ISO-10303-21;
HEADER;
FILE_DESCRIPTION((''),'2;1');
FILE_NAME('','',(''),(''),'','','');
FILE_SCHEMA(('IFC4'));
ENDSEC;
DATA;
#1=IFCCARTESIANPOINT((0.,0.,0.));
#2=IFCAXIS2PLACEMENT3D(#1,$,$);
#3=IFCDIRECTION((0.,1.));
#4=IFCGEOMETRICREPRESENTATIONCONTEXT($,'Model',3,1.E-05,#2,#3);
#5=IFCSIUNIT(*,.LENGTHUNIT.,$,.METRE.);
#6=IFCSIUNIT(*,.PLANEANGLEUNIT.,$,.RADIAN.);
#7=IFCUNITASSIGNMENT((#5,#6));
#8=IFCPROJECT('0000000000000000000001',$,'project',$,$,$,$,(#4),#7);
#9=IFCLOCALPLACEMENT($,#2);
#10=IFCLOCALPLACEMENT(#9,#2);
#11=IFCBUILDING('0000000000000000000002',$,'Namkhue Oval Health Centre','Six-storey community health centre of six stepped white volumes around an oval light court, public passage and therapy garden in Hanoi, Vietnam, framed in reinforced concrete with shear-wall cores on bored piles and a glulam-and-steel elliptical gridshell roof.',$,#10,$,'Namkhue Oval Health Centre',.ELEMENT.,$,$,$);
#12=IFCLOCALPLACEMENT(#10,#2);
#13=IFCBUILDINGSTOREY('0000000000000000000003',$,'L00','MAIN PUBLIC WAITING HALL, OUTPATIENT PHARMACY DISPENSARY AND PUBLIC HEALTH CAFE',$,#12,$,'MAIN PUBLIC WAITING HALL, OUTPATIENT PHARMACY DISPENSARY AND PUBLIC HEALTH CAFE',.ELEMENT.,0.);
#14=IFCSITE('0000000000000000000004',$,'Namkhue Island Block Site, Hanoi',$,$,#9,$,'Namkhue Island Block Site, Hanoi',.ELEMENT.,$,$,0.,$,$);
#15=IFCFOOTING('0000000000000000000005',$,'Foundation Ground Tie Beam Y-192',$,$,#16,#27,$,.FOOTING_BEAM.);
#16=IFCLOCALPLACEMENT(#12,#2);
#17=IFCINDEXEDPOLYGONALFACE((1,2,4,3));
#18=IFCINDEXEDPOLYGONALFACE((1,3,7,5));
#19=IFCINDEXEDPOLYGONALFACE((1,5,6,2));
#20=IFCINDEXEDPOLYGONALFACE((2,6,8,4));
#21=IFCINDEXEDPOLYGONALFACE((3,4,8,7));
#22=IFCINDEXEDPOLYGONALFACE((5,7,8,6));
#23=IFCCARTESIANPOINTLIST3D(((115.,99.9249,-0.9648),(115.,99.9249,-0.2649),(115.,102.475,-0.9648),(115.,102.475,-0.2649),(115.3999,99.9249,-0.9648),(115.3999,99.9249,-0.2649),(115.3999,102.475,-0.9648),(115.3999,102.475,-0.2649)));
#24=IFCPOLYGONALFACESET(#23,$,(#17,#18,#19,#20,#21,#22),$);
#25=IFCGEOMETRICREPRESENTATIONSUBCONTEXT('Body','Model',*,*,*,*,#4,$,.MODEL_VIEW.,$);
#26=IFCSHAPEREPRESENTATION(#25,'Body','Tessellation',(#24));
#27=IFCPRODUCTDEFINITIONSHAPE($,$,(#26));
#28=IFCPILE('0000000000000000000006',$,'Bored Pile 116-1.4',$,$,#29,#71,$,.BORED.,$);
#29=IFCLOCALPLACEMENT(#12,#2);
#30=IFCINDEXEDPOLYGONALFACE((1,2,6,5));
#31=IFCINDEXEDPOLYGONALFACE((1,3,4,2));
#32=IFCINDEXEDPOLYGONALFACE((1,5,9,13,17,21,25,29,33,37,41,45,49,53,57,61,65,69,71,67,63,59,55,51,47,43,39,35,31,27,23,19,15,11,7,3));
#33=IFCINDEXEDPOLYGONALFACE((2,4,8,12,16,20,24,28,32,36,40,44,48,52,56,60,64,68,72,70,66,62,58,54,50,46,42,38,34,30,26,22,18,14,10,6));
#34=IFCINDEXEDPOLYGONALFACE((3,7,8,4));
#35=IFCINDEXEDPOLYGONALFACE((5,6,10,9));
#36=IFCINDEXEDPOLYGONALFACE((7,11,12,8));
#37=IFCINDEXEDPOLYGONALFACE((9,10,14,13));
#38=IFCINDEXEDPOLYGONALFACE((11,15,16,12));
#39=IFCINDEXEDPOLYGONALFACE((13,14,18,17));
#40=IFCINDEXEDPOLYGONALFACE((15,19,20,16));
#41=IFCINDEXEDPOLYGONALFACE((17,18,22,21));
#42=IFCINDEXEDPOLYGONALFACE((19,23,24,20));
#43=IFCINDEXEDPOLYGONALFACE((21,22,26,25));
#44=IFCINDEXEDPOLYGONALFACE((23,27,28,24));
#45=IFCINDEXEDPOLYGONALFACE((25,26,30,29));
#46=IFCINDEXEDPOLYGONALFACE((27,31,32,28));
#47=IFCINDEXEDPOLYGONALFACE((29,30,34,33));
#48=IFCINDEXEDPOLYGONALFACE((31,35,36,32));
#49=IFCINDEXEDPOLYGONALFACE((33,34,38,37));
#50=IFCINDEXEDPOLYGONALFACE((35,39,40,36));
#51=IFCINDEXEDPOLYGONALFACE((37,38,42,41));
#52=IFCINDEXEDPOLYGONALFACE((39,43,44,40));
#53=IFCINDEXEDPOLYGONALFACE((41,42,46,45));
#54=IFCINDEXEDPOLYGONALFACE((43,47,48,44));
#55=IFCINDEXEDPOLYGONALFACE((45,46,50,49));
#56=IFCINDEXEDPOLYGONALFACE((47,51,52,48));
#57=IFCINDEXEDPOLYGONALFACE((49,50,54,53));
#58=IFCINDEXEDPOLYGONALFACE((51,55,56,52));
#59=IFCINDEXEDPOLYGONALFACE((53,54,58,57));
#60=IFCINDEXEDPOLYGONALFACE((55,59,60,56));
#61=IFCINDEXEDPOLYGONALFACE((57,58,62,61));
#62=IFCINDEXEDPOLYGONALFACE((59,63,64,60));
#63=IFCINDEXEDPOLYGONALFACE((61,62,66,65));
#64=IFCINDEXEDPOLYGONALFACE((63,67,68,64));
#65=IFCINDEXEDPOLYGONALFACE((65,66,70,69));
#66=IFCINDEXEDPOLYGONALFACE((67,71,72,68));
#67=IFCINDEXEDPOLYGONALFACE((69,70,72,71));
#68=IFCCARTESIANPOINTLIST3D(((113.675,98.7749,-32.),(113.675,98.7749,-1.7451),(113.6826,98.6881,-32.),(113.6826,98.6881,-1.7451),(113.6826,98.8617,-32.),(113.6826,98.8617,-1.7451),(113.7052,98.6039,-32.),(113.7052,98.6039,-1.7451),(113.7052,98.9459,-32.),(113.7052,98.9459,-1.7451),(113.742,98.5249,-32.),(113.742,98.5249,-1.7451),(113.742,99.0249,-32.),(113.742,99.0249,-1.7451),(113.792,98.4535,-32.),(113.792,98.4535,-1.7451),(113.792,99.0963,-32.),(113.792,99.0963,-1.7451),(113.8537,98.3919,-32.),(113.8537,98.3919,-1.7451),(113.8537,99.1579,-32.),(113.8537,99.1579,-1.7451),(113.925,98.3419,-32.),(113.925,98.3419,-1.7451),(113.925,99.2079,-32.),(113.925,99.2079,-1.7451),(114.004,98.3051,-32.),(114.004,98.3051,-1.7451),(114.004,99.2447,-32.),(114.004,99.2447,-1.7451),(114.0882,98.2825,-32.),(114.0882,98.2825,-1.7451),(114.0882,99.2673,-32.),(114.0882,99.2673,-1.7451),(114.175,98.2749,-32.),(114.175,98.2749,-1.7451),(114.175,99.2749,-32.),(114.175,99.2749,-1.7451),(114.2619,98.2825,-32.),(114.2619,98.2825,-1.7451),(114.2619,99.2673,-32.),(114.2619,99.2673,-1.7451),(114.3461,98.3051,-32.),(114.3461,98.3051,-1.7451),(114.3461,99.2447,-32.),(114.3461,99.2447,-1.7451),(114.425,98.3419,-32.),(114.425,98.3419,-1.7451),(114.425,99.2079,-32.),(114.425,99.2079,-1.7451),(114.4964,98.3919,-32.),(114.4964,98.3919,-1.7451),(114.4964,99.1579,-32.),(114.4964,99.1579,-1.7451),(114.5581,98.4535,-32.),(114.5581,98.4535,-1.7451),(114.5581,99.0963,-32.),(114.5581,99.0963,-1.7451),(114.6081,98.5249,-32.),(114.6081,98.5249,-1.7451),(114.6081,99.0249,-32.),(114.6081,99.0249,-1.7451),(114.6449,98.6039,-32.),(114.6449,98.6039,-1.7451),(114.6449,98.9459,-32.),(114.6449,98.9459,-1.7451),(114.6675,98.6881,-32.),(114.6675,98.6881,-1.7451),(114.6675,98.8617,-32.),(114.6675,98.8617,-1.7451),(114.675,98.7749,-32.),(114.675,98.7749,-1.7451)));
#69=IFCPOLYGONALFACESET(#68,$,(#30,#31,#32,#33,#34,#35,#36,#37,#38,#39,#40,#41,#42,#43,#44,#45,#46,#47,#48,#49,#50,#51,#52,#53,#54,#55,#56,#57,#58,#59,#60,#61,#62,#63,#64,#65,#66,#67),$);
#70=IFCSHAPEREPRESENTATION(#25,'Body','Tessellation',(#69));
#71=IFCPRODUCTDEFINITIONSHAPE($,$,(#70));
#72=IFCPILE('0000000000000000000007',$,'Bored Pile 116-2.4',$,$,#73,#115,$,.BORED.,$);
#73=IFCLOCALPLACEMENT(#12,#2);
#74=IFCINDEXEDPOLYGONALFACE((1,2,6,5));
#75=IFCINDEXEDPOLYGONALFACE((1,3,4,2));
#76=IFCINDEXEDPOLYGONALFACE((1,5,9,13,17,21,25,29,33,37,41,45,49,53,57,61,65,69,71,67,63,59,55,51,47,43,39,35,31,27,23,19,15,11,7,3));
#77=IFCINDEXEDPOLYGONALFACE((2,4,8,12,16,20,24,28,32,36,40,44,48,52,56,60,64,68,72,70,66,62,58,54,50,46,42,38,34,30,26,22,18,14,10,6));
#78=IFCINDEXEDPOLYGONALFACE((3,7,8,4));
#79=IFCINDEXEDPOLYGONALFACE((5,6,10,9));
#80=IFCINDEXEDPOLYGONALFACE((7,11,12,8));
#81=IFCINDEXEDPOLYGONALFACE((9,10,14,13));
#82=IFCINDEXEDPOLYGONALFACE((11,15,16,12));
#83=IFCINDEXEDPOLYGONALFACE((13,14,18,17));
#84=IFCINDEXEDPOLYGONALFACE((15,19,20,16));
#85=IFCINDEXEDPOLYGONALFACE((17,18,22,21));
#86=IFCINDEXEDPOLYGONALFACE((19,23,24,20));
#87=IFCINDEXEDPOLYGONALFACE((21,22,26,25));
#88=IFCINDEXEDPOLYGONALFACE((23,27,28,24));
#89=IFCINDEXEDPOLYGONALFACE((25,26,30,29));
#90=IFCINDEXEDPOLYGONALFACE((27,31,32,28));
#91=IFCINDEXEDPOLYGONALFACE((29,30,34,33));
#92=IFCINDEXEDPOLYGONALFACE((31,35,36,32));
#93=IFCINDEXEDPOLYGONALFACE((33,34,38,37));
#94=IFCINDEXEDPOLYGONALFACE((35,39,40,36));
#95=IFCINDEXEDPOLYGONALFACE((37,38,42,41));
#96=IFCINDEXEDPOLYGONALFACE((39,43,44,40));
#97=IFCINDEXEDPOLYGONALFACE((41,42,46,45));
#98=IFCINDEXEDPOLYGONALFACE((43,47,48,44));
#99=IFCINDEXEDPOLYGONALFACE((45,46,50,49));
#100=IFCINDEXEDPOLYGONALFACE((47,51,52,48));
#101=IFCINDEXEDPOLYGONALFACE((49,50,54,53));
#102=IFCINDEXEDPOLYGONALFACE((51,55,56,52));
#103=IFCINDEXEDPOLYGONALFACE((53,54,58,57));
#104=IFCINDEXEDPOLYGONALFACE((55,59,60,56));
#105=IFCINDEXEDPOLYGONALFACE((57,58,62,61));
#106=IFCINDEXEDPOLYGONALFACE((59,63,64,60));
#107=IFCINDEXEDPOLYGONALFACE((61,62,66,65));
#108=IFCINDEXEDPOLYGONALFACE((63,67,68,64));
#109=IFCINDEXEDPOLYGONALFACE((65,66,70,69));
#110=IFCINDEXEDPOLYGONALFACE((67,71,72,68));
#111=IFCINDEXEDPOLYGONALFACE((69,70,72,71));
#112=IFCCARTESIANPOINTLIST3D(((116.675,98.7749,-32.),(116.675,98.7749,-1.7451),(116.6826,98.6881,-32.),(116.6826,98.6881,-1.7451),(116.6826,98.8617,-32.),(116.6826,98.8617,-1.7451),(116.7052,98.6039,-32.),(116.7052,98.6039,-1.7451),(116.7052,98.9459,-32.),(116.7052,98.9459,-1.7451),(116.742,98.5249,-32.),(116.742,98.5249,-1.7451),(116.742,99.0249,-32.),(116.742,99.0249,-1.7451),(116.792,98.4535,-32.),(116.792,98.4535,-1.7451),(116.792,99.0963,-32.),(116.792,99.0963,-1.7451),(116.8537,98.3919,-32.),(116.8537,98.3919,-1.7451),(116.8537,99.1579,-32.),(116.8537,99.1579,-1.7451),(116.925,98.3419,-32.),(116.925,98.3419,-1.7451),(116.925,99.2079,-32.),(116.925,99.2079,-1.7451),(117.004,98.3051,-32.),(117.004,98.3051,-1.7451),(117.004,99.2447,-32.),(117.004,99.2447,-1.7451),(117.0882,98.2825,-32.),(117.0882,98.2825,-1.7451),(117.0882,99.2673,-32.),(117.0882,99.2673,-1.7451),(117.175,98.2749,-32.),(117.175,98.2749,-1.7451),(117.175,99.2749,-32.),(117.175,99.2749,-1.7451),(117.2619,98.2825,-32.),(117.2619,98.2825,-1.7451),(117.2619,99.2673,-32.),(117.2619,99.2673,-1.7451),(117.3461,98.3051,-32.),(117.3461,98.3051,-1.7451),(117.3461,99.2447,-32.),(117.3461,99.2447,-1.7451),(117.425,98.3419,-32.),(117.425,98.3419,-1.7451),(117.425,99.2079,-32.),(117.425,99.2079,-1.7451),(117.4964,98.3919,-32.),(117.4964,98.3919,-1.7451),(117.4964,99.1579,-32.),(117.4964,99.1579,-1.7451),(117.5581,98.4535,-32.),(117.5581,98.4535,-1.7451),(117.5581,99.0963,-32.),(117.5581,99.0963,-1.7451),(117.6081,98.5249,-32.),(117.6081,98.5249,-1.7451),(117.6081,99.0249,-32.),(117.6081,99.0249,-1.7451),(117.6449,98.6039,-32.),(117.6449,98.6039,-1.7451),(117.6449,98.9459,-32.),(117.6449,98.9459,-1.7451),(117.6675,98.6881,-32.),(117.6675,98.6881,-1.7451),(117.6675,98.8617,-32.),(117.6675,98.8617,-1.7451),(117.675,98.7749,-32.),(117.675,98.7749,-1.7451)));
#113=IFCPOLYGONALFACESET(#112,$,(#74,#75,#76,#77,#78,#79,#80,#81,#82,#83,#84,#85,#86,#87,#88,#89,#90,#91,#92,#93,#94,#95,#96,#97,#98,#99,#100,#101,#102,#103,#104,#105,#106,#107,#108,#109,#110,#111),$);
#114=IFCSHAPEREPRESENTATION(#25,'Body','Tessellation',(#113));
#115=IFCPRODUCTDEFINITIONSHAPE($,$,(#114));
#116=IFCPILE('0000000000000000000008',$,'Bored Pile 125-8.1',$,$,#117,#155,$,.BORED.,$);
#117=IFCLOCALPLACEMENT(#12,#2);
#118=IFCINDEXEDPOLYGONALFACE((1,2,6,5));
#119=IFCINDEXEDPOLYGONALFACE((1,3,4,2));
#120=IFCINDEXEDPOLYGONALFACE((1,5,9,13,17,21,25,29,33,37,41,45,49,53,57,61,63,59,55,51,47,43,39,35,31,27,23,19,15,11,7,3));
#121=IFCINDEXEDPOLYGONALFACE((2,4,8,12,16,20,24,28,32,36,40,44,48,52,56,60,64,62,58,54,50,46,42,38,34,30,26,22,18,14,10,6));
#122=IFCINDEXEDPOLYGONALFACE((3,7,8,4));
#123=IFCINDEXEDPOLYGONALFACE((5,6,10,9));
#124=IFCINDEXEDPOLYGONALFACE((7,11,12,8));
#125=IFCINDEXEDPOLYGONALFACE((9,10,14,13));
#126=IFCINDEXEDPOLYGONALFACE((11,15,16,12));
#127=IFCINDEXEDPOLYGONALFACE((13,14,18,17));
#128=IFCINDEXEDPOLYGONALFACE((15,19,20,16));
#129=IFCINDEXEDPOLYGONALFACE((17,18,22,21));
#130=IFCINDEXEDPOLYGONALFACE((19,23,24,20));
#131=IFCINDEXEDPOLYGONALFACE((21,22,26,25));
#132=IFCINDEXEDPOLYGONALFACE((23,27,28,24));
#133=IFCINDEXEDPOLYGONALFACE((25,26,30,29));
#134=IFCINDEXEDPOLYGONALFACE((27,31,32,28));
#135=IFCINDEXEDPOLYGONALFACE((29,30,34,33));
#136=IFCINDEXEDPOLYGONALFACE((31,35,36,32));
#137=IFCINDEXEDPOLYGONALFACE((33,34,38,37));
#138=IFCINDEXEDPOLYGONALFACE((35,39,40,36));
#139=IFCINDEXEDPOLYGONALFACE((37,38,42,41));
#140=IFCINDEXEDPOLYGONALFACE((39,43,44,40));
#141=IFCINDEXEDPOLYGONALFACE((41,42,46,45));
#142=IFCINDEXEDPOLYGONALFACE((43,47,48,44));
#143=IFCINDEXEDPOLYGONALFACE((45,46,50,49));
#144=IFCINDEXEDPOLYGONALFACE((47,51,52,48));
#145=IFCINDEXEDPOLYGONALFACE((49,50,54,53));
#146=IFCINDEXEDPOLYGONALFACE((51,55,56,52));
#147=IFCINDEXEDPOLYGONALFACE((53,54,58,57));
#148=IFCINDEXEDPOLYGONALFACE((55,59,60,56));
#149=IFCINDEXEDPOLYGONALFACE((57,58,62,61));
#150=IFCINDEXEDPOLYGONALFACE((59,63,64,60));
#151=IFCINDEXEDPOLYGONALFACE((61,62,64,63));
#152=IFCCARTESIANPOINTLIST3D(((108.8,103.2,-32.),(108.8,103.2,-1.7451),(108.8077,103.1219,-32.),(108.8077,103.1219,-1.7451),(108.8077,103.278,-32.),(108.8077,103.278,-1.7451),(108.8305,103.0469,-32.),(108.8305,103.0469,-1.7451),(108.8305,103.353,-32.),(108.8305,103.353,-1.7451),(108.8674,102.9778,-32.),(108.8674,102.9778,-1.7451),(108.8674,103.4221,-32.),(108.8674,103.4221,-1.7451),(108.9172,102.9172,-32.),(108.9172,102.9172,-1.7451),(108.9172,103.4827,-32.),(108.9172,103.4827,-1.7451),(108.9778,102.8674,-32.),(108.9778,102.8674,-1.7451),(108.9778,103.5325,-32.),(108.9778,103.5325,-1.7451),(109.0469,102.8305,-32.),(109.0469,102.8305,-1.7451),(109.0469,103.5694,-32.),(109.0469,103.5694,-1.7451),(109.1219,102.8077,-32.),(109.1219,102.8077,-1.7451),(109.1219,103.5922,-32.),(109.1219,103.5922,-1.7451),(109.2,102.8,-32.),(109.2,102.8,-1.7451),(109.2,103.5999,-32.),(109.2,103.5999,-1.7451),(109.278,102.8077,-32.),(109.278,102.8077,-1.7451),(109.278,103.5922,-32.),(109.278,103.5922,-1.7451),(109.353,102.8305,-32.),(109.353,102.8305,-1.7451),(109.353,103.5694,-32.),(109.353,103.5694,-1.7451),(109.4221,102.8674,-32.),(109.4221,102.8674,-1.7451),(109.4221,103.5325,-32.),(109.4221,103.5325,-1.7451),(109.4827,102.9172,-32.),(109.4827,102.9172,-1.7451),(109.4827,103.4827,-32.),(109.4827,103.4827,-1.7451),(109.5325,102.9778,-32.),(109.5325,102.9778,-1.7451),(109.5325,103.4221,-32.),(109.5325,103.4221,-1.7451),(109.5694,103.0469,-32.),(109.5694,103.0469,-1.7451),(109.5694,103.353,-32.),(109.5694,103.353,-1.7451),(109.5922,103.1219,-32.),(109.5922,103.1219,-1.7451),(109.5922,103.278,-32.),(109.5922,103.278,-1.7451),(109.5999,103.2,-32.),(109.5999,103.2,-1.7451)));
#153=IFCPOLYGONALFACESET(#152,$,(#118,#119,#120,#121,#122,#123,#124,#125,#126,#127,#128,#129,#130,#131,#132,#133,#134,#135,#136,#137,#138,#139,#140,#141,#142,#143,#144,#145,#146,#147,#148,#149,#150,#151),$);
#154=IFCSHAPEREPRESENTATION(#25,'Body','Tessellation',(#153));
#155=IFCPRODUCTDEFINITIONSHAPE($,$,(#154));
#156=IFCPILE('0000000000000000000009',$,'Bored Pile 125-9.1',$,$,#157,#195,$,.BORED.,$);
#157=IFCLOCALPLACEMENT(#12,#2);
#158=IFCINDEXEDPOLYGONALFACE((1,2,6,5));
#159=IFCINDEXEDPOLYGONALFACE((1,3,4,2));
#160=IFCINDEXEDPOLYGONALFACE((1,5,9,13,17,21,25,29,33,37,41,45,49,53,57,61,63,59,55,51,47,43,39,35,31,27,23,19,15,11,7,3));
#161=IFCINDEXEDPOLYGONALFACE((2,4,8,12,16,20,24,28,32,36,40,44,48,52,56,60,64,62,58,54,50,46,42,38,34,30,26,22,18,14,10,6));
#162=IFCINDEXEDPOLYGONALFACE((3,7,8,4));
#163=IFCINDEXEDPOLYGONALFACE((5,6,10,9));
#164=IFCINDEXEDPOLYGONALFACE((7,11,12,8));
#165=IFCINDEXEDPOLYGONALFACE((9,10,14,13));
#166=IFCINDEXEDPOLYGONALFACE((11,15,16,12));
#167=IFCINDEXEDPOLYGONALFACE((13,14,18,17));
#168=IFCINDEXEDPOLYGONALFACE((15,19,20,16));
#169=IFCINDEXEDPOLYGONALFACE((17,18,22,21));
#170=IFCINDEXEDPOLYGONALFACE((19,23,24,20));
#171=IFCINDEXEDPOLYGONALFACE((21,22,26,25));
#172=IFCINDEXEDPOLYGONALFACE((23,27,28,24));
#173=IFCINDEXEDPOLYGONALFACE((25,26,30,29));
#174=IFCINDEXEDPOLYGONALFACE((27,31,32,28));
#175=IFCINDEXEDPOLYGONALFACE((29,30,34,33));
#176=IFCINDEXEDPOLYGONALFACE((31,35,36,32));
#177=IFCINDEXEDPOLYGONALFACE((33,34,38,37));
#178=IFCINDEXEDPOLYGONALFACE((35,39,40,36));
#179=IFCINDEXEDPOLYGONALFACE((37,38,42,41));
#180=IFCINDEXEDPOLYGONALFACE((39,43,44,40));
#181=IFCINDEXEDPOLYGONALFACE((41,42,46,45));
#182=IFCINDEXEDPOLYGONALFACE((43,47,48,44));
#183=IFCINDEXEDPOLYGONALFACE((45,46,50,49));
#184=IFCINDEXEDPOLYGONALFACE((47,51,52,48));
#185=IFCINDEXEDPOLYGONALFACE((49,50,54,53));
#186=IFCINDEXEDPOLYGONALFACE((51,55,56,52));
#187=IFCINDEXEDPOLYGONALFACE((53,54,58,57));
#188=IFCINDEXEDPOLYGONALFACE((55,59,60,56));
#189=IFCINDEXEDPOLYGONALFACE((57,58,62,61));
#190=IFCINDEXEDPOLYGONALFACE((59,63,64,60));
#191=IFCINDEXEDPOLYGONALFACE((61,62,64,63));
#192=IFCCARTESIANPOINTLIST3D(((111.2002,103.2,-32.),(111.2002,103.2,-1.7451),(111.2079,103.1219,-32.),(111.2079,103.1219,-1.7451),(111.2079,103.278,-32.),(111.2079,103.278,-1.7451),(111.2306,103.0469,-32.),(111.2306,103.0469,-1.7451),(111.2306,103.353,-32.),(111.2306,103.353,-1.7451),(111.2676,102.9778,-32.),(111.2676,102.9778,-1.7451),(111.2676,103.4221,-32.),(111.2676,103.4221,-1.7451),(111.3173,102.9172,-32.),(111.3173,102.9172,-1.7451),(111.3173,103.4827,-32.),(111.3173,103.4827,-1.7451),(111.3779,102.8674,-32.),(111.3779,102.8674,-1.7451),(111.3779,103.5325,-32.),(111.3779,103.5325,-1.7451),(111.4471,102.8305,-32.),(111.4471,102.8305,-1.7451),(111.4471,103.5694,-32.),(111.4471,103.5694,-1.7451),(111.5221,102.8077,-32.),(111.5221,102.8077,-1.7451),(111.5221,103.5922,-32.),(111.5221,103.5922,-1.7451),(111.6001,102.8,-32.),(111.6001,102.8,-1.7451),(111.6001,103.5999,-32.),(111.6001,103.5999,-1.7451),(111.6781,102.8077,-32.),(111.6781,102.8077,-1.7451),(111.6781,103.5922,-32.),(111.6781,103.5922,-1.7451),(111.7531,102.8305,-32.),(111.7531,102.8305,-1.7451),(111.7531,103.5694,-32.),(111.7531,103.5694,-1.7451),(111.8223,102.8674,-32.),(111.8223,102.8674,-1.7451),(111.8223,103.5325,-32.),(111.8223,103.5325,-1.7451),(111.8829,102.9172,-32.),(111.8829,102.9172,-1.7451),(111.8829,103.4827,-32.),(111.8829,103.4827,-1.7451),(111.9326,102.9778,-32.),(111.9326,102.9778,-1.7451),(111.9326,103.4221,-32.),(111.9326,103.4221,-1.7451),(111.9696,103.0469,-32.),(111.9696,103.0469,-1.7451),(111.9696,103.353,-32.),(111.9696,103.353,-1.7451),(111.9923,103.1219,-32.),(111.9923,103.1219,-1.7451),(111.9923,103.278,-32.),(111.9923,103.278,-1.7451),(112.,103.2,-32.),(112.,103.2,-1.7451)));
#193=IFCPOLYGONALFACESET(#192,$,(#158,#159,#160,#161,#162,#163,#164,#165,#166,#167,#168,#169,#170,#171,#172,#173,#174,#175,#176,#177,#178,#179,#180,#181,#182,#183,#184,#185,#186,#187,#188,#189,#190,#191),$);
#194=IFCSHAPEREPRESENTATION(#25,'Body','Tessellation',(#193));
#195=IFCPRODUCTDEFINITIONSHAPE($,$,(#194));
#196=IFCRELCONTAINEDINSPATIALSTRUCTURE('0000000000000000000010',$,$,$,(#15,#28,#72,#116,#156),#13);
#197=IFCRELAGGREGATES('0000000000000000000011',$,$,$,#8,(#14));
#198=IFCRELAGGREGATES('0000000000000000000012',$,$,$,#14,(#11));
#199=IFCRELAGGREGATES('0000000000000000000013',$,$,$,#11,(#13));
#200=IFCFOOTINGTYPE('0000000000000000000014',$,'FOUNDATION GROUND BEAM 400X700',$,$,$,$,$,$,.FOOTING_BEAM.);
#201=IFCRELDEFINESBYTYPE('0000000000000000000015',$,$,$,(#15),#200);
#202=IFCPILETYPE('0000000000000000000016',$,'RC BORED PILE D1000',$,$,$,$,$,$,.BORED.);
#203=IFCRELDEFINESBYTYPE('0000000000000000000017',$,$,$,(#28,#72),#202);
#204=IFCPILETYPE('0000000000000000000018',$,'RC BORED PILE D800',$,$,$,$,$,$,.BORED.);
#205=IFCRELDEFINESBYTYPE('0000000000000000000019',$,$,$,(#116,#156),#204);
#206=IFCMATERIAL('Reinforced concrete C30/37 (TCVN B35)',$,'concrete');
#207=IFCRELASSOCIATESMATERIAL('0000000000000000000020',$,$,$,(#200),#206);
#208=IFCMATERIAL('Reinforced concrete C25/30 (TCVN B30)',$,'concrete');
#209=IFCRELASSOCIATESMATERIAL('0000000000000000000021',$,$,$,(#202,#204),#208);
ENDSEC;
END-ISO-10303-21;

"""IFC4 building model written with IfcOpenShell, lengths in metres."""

from ifc_helpers import new_model, si_unit, direction, frame, origin, origin_2d, place, context, subcontext, project, spatial, rectangle, circle, extrude, material, material_profile, profile_set, type_object, element, save


model = new_model("IFC4")

# Units and contexts
model_context = context("Model", 3, precision=1e-05, world=origin(), true_north=direction((0.0, 1.0)))
body_context = subcontext(model_context, "Body", "Model", "MODEL_VIEW")
ifc_project = project(units=[si_unit("LENGTHUNIT", "METRE"), si_unit("PLANEANGLEUNIT", "RADIAN")], contexts=[model_context])

# Site, building, storey
site_placement = place(None, origin())
site = spatial("IfcSite", under=ifc_project, at=site_placement, Name="Namkhue Island Block Site, Hanoi", LongName="Namkhue Island Block Site, Hanoi", CompositionType="ELEMENT", RefElevation=0.0)
building_placement = place(site_placement, origin())
building = spatial("IfcBuilding", under=site, at=building_placement, Name="Namkhue Oval Health Centre", Description="Six-storey community health centre of six stepped white volumes around an oval light court, public passage and therapy garden in Hanoi, Vietnam, framed in reinforced concrete with shear-wall cores on bored piles and a glulam-and-steel elliptical gridshell roof.", LongName="Namkhue Oval Health Centre", CompositionType="ELEMENT")
storey_placement = place(building_placement, origin())
storey = spatial("IfcBuildingStorey", under=building, at=storey_placement, Name="L00", Description="MAIN PUBLIC WAITING HALL, OUTPATIENT PHARMACY DISPENSARY AND PUBLIC HEALTH CAFE", LongName="MAIN PUBLIC WAITING HALL, OUTPATIENT PHARMACY DISPENSARY AND PUBLIC HEALTH CAFE", CompositionType="ELEMENT", Elevation=0.0)

# Footing
ifc_material_1 = material(Name="Reinforced concrete C30/37 (TCVN B35)", Category="concrete")
footing_type = type_object("IfcFootingType", Name="FOUNDATION GROUND BEAM 400X700", PredefinedType="FOOTING_BEAM", material=ifc_material_1)
footing_placement = place(storey_placement, frame((115.2, 101.2, -0.9648), z_axis=(0.0, 0.0, 1.0), x_axis=(0.0, 1.0, 0.0)))
element("IfcFooting", 1, at=footing_placement, inside=storey, type_object=footing_type, Name="Foundation Ground Tie Beam Y-192", PredefinedType="FOOTING_BEAM", context=body_context, shape_type="SweptSolid", body=[
    extrude(rectangle(XDim=2.55, YDim=0.3999, at=origin_2d()), origin(), (0.0, 0.0, 1.0), 0.7),
])

# Piles
ifc_material_2 = material(Name="Reinforced concrete C25/30 (TCVN B30)", Category="concrete")
ifc_material_profile_1 = material_profile(ifc_material_2, circle(Radius=0.5, at=origin_2d()), Name="BORED PILE D1000")
ifc_profile_set_1 = profile_set([ifc_material_profile_1], Name="Reinforced concrete C25/30 (TCVN B30)")
pile_type_1 = type_object("IfcPileType", Name="RC BORED PILE D1000", PredefinedType="BORED", material=ifc_profile_set_1)
for number, where, z_axis, x_axis, name in (
    (2, (114.175, 98.7749, -1.7451), (0.0, 0.0, -1.0), (1.0, 0.0, 0.0), "Bored Pile 116-1.4"),
    (3, (117.175, 98.7749, -1.7451), (0.0, 0.0, -1.0), (1.0, 0.0, 0.0), "Bored Pile 116-2.4"),
):
    element("IfcPile", number, at=place(storey_placement, frame(where, z_axis=z_axis, x_axis=x_axis)), inside=storey, type_object=pile_type_1, Name=name, PredefinedType="BORED", context=body_context, shape_type="SweptSolid", body=[
        extrude(circle(Radius=0.5, at=origin_2d()), origin(), (0.0, 0.0, 1.0), 30.2549),
    ])
ifc_material_profile_2 = material_profile(ifc_material_2, circle(Radius=0.3999, at=origin_2d()), Name="BORED PILE D800")
ifc_profile_set_2 = profile_set([ifc_material_profile_2], Name="Reinforced concrete C25/30 (TCVN B30)")
pile_type_2 = type_object("IfcPileType", Name="RC BORED PILE D800", PredefinedType="BORED", material=ifc_profile_set_2)
for number, where, z_axis, x_axis, name in (
    (4, (109.2, 103.2, -1.7451), (0.0, 0.0, -1.0), (1.0, 0.0, 0.0), "Bored Pile 125-8.1"),
    (5, (111.6001, 103.2, -1.7451), (0.0, 0.0, -1.0), (1.0, 0.0, 0.0), "Bored Pile 125-9.1"),
):
    element("IfcPile", number, at=place(storey_placement, frame(where, z_axis=z_axis, x_axis=x_axis)), inside=storey, type_object=pile_type_2, Name=name, PredefinedType="BORED", context=body_context, shape_type="SweptSolid", body=[
        extrude(circle(Radius=0.3999, at=origin_2d()), origin(), (0.0, 0.0, 1.0), 30.2549),
    ])

save(model, "model.ifc")
